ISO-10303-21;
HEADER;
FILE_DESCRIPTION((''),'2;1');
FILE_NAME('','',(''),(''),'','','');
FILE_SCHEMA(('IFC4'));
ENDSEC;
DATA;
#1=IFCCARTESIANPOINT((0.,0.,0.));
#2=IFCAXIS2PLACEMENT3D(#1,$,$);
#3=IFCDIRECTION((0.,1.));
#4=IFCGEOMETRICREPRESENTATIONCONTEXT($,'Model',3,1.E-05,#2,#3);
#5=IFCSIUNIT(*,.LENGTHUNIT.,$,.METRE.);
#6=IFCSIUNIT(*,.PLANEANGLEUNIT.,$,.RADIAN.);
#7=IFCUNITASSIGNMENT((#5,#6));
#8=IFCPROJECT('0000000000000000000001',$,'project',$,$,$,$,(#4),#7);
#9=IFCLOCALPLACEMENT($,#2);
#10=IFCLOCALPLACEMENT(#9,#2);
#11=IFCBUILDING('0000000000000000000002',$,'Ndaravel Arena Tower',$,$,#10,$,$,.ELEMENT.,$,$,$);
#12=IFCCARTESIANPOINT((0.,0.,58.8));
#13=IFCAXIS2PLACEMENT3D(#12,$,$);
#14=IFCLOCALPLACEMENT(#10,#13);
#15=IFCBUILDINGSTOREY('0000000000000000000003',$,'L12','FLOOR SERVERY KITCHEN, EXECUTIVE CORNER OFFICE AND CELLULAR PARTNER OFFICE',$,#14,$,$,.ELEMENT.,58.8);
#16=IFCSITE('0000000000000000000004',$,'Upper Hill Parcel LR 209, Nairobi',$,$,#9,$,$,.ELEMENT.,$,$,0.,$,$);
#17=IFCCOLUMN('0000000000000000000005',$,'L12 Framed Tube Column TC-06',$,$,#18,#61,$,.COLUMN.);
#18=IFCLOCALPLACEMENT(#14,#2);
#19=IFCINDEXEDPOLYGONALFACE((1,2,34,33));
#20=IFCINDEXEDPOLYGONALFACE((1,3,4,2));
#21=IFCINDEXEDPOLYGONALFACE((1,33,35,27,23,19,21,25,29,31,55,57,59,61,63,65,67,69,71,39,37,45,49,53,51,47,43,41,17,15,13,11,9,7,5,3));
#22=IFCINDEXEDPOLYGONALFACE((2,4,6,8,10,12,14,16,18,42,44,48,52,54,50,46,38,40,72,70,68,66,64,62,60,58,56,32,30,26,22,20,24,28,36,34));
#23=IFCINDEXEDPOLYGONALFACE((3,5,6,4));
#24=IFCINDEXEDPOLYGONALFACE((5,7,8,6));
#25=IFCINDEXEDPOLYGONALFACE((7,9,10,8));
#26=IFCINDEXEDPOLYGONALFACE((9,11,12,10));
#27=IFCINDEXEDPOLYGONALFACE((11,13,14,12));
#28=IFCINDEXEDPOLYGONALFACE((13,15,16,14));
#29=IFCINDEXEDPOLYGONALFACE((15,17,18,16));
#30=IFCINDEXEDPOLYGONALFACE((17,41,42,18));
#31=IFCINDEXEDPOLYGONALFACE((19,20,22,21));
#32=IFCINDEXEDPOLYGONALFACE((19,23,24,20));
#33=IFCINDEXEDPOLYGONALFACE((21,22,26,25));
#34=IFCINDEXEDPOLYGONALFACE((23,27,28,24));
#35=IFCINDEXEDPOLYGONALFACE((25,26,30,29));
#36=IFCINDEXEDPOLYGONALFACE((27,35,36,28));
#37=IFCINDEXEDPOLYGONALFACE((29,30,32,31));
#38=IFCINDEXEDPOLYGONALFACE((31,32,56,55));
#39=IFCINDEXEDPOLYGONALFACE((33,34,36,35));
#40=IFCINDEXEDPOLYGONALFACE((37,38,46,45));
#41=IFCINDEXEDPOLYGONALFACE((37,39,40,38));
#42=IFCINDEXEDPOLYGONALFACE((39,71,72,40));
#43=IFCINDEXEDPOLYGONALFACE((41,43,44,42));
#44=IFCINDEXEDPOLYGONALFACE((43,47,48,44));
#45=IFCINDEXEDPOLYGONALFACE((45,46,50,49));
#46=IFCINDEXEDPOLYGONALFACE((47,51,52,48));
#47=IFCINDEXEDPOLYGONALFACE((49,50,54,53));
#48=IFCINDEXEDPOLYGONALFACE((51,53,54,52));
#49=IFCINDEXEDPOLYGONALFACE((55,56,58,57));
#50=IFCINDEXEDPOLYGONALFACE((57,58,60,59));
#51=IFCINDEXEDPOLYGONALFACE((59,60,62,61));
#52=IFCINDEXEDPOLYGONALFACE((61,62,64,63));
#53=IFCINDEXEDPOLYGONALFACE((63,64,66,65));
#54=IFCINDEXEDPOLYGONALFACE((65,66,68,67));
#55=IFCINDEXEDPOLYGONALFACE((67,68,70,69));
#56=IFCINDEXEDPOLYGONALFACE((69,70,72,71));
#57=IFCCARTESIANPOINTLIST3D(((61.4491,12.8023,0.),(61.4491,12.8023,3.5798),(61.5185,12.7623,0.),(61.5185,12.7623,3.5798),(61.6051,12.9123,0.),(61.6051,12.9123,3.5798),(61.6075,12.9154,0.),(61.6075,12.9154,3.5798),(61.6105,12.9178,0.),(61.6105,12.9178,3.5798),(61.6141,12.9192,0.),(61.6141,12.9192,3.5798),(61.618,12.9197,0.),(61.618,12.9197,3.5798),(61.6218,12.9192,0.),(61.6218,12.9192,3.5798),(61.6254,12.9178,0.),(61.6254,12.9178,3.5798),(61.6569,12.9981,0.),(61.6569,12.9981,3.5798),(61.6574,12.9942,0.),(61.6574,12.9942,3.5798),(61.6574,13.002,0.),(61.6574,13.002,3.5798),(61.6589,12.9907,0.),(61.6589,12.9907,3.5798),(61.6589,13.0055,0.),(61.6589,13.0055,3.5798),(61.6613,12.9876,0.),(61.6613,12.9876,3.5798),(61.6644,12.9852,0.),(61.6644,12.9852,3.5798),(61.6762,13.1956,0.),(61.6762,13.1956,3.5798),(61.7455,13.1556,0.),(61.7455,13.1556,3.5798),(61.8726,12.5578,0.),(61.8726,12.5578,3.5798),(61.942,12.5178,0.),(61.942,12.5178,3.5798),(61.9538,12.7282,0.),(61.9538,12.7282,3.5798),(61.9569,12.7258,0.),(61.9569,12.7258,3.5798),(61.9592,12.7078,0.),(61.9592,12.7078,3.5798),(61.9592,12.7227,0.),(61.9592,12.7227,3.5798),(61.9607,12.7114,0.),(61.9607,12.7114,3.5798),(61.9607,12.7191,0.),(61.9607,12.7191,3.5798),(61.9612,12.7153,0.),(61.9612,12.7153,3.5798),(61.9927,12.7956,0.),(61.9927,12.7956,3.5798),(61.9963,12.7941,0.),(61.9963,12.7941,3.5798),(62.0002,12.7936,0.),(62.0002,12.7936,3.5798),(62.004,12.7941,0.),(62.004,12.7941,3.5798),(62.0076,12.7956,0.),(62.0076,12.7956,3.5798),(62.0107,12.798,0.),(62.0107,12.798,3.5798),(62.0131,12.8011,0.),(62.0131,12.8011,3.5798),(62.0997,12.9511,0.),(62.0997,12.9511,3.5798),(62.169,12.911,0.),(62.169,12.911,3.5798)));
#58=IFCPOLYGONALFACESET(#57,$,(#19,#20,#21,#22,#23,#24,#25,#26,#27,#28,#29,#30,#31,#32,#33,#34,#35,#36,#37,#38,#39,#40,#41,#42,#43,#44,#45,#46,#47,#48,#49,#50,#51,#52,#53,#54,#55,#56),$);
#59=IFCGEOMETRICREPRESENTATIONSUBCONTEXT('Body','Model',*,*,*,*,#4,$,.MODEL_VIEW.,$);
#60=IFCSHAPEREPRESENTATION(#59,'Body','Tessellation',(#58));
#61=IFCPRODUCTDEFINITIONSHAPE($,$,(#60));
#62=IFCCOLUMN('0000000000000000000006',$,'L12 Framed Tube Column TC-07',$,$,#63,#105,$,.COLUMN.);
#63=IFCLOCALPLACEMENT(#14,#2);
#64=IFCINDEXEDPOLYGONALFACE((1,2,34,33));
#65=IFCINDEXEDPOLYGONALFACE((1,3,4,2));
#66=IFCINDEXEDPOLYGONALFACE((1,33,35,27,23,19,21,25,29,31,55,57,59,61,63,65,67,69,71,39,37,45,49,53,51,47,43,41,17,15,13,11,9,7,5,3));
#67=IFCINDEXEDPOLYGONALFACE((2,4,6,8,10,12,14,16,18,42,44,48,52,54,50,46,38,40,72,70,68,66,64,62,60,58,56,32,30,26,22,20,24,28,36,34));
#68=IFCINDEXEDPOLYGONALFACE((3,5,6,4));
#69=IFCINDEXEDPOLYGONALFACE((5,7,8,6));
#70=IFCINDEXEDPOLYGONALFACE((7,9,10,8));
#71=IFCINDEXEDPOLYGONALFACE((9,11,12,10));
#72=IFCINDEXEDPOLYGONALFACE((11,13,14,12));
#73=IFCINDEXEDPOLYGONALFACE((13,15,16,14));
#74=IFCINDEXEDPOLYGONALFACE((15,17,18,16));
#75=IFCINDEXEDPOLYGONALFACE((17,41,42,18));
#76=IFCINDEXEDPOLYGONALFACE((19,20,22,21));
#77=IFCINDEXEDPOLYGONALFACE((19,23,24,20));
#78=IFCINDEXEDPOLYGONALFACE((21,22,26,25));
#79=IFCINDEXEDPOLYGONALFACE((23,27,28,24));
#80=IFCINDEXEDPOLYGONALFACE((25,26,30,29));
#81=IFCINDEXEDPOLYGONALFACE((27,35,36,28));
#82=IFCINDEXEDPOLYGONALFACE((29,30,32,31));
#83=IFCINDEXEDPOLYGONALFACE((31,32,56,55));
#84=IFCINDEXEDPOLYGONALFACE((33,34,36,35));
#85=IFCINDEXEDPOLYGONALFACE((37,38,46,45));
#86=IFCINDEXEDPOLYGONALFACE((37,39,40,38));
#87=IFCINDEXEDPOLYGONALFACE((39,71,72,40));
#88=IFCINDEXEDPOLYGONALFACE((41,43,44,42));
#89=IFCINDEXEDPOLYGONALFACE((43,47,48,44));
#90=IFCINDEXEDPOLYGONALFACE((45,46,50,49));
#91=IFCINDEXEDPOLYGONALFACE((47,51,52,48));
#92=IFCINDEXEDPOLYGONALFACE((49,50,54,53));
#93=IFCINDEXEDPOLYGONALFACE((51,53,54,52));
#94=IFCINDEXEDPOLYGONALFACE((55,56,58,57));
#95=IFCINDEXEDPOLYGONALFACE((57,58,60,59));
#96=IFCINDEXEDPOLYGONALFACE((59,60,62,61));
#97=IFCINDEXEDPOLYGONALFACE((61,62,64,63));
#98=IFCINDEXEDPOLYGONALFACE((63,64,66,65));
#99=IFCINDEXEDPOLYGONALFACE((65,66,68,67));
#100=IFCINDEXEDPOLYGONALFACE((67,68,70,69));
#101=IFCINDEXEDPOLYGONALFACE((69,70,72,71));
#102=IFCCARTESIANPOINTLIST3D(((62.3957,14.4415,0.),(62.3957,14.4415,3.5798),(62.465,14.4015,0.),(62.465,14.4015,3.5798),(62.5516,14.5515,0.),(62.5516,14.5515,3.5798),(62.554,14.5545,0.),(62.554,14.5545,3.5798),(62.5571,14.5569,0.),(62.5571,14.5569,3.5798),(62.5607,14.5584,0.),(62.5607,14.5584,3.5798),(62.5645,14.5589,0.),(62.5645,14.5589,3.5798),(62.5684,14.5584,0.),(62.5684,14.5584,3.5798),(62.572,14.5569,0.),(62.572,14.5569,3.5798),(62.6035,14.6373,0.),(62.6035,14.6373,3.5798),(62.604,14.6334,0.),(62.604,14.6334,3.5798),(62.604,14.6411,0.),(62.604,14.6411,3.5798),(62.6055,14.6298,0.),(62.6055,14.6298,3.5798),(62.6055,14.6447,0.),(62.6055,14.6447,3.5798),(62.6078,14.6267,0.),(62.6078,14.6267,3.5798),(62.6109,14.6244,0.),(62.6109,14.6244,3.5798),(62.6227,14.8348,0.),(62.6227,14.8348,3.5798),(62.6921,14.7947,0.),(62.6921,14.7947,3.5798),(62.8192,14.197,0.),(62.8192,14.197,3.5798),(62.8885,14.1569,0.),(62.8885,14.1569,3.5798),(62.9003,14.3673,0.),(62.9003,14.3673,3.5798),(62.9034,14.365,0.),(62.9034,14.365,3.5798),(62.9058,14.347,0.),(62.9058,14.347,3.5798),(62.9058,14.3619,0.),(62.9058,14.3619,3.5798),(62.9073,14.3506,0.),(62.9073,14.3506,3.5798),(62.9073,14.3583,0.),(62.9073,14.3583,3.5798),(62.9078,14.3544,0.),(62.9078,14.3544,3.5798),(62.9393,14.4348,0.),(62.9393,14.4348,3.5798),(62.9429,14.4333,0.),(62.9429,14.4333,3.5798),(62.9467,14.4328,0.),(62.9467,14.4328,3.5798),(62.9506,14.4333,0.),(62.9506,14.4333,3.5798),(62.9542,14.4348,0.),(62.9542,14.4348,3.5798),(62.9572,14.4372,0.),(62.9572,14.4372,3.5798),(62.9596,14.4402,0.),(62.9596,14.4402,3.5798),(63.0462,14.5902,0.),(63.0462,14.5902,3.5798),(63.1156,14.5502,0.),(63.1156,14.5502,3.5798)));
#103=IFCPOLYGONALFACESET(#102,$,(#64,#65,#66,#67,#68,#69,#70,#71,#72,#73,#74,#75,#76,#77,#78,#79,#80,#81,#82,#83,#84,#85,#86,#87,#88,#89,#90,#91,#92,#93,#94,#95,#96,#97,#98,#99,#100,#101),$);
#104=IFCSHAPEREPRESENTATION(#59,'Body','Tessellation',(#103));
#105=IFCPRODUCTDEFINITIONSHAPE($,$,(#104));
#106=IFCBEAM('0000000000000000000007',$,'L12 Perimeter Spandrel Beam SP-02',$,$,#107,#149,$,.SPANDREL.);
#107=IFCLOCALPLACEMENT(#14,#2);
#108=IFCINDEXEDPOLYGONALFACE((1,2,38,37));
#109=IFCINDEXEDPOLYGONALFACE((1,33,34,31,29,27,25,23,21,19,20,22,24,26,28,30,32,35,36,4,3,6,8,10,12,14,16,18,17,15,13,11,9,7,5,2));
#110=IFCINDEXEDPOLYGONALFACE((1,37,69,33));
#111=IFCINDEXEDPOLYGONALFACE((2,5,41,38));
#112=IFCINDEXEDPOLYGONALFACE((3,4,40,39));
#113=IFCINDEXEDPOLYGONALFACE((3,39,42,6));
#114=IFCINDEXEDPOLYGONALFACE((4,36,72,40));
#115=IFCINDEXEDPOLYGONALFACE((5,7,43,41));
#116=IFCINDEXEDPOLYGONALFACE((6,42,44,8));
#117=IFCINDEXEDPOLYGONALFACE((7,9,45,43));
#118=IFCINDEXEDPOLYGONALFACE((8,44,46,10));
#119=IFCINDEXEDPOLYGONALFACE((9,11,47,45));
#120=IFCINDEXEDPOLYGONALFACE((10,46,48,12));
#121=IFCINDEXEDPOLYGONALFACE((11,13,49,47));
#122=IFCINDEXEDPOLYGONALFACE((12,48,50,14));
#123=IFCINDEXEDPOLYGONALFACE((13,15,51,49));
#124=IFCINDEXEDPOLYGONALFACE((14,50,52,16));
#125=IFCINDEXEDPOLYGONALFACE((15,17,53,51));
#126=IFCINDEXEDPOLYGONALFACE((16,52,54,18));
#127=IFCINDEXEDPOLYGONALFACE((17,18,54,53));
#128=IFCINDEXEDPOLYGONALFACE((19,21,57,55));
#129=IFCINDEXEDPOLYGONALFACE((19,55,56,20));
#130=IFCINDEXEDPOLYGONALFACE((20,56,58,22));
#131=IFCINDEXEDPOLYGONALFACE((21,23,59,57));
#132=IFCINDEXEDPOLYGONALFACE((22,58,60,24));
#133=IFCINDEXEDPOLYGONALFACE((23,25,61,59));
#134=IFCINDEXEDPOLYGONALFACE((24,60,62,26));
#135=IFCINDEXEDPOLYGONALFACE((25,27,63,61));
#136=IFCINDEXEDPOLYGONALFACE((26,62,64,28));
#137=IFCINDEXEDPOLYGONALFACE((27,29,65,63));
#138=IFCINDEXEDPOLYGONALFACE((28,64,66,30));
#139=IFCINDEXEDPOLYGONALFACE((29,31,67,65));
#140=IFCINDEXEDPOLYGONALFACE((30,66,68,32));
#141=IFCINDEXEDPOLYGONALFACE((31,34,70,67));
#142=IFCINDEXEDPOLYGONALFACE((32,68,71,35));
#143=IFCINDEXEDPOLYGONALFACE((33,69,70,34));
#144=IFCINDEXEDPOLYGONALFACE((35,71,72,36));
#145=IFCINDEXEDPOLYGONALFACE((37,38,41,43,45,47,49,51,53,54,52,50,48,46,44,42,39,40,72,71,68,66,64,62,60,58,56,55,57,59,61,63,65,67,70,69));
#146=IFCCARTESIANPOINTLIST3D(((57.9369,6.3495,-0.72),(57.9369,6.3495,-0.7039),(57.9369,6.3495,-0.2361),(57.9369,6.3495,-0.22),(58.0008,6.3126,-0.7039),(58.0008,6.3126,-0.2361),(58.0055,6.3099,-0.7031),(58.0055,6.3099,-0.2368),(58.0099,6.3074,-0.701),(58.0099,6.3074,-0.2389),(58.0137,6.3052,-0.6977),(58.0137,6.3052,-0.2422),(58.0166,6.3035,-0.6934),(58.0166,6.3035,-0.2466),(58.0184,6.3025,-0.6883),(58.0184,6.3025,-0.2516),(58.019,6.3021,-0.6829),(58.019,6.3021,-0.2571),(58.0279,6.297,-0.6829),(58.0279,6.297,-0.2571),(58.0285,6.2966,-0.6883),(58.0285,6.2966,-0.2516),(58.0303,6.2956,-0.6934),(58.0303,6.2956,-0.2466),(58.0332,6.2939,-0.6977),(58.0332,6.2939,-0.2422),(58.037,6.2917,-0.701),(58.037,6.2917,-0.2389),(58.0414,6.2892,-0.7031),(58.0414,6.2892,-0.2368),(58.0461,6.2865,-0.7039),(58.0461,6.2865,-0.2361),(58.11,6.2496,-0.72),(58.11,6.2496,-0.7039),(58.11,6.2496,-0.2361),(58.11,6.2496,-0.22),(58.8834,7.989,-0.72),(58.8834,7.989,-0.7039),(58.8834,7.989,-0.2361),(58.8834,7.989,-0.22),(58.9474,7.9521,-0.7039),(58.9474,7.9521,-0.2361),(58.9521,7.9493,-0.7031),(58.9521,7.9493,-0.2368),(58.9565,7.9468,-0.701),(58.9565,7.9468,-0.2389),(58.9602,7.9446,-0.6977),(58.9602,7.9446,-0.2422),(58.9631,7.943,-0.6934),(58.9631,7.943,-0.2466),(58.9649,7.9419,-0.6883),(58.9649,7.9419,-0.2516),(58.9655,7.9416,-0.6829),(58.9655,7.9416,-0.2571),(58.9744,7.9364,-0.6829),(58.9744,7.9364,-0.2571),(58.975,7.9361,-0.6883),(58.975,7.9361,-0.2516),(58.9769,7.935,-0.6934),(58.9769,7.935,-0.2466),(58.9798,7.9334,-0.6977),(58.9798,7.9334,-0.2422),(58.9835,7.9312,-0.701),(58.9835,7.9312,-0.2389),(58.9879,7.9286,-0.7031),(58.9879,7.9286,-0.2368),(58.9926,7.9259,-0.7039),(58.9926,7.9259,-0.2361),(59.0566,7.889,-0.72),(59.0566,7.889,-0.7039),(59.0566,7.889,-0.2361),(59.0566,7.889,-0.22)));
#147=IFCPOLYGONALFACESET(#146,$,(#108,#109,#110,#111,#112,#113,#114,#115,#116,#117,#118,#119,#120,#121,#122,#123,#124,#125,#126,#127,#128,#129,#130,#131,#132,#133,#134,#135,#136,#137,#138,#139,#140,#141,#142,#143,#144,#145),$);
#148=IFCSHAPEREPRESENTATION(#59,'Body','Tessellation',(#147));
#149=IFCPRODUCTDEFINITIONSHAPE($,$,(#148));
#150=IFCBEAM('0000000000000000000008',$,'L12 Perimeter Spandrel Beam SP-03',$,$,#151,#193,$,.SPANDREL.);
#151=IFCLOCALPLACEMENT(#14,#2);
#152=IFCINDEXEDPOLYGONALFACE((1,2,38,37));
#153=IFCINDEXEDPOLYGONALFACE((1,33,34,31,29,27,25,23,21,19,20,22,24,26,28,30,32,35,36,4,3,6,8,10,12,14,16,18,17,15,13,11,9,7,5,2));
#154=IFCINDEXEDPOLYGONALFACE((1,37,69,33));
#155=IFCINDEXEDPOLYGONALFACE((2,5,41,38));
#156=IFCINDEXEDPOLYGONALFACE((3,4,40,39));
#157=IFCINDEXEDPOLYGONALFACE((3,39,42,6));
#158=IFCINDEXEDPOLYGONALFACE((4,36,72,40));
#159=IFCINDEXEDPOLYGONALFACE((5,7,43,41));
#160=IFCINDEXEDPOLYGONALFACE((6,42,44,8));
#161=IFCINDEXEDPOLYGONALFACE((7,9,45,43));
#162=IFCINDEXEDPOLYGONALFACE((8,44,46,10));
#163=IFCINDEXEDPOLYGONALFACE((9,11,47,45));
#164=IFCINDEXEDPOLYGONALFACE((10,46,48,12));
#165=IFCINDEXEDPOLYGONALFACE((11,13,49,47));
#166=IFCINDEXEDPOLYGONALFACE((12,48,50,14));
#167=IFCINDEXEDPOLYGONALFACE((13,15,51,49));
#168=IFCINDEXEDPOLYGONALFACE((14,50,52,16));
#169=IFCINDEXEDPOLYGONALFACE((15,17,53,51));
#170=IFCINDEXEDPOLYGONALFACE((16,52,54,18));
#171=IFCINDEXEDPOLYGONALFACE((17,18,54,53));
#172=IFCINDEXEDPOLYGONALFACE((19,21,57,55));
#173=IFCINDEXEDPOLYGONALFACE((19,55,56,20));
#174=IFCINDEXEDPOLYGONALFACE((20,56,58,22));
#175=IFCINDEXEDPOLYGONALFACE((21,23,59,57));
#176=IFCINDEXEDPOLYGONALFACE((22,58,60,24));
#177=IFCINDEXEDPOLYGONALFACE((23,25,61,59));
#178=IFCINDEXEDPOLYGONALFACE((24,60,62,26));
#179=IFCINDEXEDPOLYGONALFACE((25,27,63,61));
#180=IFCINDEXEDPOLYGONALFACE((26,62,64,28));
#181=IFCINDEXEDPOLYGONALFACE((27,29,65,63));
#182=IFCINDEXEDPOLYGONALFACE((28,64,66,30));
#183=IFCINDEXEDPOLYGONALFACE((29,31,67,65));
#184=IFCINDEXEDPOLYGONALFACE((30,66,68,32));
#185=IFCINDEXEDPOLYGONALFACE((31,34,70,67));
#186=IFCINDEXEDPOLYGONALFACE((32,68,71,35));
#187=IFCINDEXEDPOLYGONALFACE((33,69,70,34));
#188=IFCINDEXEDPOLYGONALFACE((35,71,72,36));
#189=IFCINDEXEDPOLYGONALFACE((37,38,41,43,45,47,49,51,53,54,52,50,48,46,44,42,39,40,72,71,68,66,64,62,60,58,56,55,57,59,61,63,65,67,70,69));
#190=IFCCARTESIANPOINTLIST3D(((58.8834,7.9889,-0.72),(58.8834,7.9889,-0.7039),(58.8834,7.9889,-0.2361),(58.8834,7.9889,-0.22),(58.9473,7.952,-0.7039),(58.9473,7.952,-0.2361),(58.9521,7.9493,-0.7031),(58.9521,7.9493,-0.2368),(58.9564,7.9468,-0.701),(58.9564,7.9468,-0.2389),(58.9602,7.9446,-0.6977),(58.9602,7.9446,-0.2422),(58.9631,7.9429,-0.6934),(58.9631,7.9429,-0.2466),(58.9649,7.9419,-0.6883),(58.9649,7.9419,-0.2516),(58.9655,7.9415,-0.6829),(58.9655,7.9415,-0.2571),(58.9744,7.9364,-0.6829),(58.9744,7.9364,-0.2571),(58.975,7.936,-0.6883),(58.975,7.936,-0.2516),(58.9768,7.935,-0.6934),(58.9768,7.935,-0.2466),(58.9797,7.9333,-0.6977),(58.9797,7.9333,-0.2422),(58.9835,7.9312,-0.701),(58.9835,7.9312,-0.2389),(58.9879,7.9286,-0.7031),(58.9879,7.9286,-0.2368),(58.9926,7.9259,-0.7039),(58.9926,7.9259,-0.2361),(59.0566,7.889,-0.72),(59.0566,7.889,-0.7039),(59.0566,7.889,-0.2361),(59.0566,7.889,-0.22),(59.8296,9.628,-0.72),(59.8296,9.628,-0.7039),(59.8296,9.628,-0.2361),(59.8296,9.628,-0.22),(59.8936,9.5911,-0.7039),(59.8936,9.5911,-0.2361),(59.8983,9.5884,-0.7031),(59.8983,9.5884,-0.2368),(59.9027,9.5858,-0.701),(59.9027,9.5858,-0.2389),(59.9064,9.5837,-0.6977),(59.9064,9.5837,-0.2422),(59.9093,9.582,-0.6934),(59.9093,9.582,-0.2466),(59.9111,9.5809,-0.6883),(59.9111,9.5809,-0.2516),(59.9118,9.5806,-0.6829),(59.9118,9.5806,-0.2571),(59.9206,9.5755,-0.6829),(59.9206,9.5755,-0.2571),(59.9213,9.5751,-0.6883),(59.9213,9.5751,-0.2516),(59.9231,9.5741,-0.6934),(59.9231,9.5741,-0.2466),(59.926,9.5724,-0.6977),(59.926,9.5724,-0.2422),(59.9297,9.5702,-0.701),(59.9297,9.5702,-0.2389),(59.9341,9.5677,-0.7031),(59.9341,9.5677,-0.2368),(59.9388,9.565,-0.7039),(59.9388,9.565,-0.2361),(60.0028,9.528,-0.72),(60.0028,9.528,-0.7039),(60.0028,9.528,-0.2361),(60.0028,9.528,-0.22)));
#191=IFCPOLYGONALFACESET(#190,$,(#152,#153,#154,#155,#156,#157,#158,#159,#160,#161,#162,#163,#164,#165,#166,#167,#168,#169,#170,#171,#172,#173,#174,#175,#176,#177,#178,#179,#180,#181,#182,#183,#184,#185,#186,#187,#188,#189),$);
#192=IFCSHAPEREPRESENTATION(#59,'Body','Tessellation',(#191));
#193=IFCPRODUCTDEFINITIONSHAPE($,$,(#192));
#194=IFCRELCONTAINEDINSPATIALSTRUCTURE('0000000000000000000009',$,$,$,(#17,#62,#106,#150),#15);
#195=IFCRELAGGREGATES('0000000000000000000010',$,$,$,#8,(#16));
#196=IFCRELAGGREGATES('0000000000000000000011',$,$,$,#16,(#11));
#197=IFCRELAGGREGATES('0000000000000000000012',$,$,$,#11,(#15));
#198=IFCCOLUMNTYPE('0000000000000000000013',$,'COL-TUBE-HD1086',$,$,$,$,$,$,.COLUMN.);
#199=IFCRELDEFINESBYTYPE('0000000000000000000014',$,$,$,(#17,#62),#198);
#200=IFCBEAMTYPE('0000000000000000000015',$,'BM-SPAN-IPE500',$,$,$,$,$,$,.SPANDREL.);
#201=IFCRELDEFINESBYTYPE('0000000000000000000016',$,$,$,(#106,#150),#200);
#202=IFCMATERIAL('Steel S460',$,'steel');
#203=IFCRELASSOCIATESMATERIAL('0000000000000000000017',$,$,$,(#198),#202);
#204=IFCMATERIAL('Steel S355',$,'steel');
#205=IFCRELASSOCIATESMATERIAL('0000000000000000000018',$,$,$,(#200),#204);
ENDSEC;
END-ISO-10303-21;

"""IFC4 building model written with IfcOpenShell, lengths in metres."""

from ifc_helpers import new_model, si_unit, direction, frame, origin, origin_2d, place, context, subcontext, project, spatial, i_section, extrude, material, material_profile, profile_set, type_object, element, save


model = new_model("IFC4")

# Units and contexts
model_context = context("Model", 3, precision=1e-05, world=origin(), true_north=direction((0.0, 1.0)))
body_context = subcontext(model_context, "Body", "Model", "MODEL_VIEW")
ifc_project = project(units=[si_unit("LENGTHUNIT", "METRE"), si_unit("PLANEANGLEUNIT", "RADIAN")], contexts=[model_context])

# Site, building, storey
site_placement = place(None, origin())
site = spatial("IfcSite", under=ifc_project, at=site_placement, Name="Upper Hill Parcel LR 209, Nairobi", CompositionType="ELEMENT", RefElevation=0.0)
building_placement = place(site_placement, origin())
building = spatial("IfcBuilding", under=site, at=building_placement, Name="Ndaravel Arena Tower", CompositionType="ELEMENT")
storey_placement = place(building_placement, frame((0.0, 0.0, 58.8)))
storey = spatial("IfcBuildingStorey", under=building, at=storey_placement, Name="L12", Description="FLOOR SERVERY KITCHEN, EXECUTIVE CORNER OFFICE AND CELLULAR PARTNER OFFICE", CompositionType="ELEMENT", Elevation=58.8)

# Columns
ifc_material_1 = material(Name="Steel S460", Category="steel")
ifc_material_profile_1 = material_profile(ifc_material_1, i_section(OverallWidth=0.4541, OverallDepth=0.5691, WebThickness=0.0779, FlangeThickness=0.0801, FilletRadius=0.0149, at=origin_2d()), Name="HD 400x1086")
ifc_profile_set_1 = profile_set([ifc_material_profile_1], Name="Steel S460")
column_type = type_object("IfcColumnType", Name="COL-TUBE-HD1086", PredefinedType="COLUMN", material=ifc_profile_set_1)
for number, where, z_axis, x_axis, name in (
    (1, (61.8091, 12.8567, 0.0), (0.0, 0.0, 1.0), (0.5, 0.866025, 0.0), "L12 Framed Tube Column TC-06"),
    (2, (62.7556, 14.4958, 0.0), (0.0, 0.0, 1.0), (0.5, 0.866025, 0.0), "L12 Framed Tube Column TC-07"),
):
    element("IfcColumn", number, at=place(storey_placement, frame(where, z_axis=z_axis, x_axis=x_axis)), inside=storey, type_object=column_type, Name=name, PredefinedType="COLUMN", context=body_context, shape_type="SweptSolid", body=[
        extrude(i_section(OverallWidth=0.4541, OverallDepth=0.5691, WebThickness=0.0779, FlangeThickness=0.0801, FilletRadius=0.0149, at=origin_2d()), origin(), (0.0, 0.0, 1.0), 3.5798),
    ])

# Beams
ifc_material_2 = material(Name="Steel S355", Category="steel")
ifc_material_profile_2 = material_profile(ifc_material_2, i_section(OverallWidth=0.2, OverallDepth=0.5, WebThickness=0.0103, FlangeThickness=0.0161, FilletRadius=0.021, at=origin_2d()), Name="IPE 500")
ifc_profile_set_2 = profile_set([ifc_material_profile_2], Name="Steel S355")
beam_type = type_object("IfcBeamType", Name="BM-SPAN-IPE500", PredefinedType="SPANDREL", material=ifc_profile_set_2)
beam_1_placement = place(storey_placement, frame((58.0234, 6.2996, -0.47), z_axis=(0.500009, 0.86602, 0.0), x_axis=(-0.86602, 0.500009, 0.0)))
element("IfcBeam", 3, at=beam_1_placement, inside=storey, type_object=beam_type, Name="L12 Perimeter Spandrel Beam SP-02", PredefinedType="SPANDREL", context=body_context, shape_type="SweptSolid", body=[
    extrude(i_section(OverallWidth=0.2, OverallDepth=0.5, WebThickness=0.0103, FlangeThickness=0.0161, FilletRadius=0.021, at=origin_2d()), origin(), (0.0, 0.0, 1.0), 1.8931),
])
beam_2_placement = place(storey_placement, frame((58.97, 7.939, -0.47), z_axis=(0.499968, 0.866044, 0.0), x_axis=(-0.866044, 0.499968, 0.0)))
element("IfcBeam", 4, at=beam_2_placement, inside=storey, type_object=beam_type, Name="L12 Perimeter Spandrel Beam SP-03", PredefinedType="SPANDREL", context=body_context, shape_type="SweptSolid", body=[
    extrude(i_section(OverallWidth=0.2, OverallDepth=0.5, WebThickness=0.0103, FlangeThickness=0.0161, FilletRadius=0.021, at=origin_2d()), origin(), (0.0, 0.0, 1.0), 1.8926),
])

save(model, "model.ifc")
